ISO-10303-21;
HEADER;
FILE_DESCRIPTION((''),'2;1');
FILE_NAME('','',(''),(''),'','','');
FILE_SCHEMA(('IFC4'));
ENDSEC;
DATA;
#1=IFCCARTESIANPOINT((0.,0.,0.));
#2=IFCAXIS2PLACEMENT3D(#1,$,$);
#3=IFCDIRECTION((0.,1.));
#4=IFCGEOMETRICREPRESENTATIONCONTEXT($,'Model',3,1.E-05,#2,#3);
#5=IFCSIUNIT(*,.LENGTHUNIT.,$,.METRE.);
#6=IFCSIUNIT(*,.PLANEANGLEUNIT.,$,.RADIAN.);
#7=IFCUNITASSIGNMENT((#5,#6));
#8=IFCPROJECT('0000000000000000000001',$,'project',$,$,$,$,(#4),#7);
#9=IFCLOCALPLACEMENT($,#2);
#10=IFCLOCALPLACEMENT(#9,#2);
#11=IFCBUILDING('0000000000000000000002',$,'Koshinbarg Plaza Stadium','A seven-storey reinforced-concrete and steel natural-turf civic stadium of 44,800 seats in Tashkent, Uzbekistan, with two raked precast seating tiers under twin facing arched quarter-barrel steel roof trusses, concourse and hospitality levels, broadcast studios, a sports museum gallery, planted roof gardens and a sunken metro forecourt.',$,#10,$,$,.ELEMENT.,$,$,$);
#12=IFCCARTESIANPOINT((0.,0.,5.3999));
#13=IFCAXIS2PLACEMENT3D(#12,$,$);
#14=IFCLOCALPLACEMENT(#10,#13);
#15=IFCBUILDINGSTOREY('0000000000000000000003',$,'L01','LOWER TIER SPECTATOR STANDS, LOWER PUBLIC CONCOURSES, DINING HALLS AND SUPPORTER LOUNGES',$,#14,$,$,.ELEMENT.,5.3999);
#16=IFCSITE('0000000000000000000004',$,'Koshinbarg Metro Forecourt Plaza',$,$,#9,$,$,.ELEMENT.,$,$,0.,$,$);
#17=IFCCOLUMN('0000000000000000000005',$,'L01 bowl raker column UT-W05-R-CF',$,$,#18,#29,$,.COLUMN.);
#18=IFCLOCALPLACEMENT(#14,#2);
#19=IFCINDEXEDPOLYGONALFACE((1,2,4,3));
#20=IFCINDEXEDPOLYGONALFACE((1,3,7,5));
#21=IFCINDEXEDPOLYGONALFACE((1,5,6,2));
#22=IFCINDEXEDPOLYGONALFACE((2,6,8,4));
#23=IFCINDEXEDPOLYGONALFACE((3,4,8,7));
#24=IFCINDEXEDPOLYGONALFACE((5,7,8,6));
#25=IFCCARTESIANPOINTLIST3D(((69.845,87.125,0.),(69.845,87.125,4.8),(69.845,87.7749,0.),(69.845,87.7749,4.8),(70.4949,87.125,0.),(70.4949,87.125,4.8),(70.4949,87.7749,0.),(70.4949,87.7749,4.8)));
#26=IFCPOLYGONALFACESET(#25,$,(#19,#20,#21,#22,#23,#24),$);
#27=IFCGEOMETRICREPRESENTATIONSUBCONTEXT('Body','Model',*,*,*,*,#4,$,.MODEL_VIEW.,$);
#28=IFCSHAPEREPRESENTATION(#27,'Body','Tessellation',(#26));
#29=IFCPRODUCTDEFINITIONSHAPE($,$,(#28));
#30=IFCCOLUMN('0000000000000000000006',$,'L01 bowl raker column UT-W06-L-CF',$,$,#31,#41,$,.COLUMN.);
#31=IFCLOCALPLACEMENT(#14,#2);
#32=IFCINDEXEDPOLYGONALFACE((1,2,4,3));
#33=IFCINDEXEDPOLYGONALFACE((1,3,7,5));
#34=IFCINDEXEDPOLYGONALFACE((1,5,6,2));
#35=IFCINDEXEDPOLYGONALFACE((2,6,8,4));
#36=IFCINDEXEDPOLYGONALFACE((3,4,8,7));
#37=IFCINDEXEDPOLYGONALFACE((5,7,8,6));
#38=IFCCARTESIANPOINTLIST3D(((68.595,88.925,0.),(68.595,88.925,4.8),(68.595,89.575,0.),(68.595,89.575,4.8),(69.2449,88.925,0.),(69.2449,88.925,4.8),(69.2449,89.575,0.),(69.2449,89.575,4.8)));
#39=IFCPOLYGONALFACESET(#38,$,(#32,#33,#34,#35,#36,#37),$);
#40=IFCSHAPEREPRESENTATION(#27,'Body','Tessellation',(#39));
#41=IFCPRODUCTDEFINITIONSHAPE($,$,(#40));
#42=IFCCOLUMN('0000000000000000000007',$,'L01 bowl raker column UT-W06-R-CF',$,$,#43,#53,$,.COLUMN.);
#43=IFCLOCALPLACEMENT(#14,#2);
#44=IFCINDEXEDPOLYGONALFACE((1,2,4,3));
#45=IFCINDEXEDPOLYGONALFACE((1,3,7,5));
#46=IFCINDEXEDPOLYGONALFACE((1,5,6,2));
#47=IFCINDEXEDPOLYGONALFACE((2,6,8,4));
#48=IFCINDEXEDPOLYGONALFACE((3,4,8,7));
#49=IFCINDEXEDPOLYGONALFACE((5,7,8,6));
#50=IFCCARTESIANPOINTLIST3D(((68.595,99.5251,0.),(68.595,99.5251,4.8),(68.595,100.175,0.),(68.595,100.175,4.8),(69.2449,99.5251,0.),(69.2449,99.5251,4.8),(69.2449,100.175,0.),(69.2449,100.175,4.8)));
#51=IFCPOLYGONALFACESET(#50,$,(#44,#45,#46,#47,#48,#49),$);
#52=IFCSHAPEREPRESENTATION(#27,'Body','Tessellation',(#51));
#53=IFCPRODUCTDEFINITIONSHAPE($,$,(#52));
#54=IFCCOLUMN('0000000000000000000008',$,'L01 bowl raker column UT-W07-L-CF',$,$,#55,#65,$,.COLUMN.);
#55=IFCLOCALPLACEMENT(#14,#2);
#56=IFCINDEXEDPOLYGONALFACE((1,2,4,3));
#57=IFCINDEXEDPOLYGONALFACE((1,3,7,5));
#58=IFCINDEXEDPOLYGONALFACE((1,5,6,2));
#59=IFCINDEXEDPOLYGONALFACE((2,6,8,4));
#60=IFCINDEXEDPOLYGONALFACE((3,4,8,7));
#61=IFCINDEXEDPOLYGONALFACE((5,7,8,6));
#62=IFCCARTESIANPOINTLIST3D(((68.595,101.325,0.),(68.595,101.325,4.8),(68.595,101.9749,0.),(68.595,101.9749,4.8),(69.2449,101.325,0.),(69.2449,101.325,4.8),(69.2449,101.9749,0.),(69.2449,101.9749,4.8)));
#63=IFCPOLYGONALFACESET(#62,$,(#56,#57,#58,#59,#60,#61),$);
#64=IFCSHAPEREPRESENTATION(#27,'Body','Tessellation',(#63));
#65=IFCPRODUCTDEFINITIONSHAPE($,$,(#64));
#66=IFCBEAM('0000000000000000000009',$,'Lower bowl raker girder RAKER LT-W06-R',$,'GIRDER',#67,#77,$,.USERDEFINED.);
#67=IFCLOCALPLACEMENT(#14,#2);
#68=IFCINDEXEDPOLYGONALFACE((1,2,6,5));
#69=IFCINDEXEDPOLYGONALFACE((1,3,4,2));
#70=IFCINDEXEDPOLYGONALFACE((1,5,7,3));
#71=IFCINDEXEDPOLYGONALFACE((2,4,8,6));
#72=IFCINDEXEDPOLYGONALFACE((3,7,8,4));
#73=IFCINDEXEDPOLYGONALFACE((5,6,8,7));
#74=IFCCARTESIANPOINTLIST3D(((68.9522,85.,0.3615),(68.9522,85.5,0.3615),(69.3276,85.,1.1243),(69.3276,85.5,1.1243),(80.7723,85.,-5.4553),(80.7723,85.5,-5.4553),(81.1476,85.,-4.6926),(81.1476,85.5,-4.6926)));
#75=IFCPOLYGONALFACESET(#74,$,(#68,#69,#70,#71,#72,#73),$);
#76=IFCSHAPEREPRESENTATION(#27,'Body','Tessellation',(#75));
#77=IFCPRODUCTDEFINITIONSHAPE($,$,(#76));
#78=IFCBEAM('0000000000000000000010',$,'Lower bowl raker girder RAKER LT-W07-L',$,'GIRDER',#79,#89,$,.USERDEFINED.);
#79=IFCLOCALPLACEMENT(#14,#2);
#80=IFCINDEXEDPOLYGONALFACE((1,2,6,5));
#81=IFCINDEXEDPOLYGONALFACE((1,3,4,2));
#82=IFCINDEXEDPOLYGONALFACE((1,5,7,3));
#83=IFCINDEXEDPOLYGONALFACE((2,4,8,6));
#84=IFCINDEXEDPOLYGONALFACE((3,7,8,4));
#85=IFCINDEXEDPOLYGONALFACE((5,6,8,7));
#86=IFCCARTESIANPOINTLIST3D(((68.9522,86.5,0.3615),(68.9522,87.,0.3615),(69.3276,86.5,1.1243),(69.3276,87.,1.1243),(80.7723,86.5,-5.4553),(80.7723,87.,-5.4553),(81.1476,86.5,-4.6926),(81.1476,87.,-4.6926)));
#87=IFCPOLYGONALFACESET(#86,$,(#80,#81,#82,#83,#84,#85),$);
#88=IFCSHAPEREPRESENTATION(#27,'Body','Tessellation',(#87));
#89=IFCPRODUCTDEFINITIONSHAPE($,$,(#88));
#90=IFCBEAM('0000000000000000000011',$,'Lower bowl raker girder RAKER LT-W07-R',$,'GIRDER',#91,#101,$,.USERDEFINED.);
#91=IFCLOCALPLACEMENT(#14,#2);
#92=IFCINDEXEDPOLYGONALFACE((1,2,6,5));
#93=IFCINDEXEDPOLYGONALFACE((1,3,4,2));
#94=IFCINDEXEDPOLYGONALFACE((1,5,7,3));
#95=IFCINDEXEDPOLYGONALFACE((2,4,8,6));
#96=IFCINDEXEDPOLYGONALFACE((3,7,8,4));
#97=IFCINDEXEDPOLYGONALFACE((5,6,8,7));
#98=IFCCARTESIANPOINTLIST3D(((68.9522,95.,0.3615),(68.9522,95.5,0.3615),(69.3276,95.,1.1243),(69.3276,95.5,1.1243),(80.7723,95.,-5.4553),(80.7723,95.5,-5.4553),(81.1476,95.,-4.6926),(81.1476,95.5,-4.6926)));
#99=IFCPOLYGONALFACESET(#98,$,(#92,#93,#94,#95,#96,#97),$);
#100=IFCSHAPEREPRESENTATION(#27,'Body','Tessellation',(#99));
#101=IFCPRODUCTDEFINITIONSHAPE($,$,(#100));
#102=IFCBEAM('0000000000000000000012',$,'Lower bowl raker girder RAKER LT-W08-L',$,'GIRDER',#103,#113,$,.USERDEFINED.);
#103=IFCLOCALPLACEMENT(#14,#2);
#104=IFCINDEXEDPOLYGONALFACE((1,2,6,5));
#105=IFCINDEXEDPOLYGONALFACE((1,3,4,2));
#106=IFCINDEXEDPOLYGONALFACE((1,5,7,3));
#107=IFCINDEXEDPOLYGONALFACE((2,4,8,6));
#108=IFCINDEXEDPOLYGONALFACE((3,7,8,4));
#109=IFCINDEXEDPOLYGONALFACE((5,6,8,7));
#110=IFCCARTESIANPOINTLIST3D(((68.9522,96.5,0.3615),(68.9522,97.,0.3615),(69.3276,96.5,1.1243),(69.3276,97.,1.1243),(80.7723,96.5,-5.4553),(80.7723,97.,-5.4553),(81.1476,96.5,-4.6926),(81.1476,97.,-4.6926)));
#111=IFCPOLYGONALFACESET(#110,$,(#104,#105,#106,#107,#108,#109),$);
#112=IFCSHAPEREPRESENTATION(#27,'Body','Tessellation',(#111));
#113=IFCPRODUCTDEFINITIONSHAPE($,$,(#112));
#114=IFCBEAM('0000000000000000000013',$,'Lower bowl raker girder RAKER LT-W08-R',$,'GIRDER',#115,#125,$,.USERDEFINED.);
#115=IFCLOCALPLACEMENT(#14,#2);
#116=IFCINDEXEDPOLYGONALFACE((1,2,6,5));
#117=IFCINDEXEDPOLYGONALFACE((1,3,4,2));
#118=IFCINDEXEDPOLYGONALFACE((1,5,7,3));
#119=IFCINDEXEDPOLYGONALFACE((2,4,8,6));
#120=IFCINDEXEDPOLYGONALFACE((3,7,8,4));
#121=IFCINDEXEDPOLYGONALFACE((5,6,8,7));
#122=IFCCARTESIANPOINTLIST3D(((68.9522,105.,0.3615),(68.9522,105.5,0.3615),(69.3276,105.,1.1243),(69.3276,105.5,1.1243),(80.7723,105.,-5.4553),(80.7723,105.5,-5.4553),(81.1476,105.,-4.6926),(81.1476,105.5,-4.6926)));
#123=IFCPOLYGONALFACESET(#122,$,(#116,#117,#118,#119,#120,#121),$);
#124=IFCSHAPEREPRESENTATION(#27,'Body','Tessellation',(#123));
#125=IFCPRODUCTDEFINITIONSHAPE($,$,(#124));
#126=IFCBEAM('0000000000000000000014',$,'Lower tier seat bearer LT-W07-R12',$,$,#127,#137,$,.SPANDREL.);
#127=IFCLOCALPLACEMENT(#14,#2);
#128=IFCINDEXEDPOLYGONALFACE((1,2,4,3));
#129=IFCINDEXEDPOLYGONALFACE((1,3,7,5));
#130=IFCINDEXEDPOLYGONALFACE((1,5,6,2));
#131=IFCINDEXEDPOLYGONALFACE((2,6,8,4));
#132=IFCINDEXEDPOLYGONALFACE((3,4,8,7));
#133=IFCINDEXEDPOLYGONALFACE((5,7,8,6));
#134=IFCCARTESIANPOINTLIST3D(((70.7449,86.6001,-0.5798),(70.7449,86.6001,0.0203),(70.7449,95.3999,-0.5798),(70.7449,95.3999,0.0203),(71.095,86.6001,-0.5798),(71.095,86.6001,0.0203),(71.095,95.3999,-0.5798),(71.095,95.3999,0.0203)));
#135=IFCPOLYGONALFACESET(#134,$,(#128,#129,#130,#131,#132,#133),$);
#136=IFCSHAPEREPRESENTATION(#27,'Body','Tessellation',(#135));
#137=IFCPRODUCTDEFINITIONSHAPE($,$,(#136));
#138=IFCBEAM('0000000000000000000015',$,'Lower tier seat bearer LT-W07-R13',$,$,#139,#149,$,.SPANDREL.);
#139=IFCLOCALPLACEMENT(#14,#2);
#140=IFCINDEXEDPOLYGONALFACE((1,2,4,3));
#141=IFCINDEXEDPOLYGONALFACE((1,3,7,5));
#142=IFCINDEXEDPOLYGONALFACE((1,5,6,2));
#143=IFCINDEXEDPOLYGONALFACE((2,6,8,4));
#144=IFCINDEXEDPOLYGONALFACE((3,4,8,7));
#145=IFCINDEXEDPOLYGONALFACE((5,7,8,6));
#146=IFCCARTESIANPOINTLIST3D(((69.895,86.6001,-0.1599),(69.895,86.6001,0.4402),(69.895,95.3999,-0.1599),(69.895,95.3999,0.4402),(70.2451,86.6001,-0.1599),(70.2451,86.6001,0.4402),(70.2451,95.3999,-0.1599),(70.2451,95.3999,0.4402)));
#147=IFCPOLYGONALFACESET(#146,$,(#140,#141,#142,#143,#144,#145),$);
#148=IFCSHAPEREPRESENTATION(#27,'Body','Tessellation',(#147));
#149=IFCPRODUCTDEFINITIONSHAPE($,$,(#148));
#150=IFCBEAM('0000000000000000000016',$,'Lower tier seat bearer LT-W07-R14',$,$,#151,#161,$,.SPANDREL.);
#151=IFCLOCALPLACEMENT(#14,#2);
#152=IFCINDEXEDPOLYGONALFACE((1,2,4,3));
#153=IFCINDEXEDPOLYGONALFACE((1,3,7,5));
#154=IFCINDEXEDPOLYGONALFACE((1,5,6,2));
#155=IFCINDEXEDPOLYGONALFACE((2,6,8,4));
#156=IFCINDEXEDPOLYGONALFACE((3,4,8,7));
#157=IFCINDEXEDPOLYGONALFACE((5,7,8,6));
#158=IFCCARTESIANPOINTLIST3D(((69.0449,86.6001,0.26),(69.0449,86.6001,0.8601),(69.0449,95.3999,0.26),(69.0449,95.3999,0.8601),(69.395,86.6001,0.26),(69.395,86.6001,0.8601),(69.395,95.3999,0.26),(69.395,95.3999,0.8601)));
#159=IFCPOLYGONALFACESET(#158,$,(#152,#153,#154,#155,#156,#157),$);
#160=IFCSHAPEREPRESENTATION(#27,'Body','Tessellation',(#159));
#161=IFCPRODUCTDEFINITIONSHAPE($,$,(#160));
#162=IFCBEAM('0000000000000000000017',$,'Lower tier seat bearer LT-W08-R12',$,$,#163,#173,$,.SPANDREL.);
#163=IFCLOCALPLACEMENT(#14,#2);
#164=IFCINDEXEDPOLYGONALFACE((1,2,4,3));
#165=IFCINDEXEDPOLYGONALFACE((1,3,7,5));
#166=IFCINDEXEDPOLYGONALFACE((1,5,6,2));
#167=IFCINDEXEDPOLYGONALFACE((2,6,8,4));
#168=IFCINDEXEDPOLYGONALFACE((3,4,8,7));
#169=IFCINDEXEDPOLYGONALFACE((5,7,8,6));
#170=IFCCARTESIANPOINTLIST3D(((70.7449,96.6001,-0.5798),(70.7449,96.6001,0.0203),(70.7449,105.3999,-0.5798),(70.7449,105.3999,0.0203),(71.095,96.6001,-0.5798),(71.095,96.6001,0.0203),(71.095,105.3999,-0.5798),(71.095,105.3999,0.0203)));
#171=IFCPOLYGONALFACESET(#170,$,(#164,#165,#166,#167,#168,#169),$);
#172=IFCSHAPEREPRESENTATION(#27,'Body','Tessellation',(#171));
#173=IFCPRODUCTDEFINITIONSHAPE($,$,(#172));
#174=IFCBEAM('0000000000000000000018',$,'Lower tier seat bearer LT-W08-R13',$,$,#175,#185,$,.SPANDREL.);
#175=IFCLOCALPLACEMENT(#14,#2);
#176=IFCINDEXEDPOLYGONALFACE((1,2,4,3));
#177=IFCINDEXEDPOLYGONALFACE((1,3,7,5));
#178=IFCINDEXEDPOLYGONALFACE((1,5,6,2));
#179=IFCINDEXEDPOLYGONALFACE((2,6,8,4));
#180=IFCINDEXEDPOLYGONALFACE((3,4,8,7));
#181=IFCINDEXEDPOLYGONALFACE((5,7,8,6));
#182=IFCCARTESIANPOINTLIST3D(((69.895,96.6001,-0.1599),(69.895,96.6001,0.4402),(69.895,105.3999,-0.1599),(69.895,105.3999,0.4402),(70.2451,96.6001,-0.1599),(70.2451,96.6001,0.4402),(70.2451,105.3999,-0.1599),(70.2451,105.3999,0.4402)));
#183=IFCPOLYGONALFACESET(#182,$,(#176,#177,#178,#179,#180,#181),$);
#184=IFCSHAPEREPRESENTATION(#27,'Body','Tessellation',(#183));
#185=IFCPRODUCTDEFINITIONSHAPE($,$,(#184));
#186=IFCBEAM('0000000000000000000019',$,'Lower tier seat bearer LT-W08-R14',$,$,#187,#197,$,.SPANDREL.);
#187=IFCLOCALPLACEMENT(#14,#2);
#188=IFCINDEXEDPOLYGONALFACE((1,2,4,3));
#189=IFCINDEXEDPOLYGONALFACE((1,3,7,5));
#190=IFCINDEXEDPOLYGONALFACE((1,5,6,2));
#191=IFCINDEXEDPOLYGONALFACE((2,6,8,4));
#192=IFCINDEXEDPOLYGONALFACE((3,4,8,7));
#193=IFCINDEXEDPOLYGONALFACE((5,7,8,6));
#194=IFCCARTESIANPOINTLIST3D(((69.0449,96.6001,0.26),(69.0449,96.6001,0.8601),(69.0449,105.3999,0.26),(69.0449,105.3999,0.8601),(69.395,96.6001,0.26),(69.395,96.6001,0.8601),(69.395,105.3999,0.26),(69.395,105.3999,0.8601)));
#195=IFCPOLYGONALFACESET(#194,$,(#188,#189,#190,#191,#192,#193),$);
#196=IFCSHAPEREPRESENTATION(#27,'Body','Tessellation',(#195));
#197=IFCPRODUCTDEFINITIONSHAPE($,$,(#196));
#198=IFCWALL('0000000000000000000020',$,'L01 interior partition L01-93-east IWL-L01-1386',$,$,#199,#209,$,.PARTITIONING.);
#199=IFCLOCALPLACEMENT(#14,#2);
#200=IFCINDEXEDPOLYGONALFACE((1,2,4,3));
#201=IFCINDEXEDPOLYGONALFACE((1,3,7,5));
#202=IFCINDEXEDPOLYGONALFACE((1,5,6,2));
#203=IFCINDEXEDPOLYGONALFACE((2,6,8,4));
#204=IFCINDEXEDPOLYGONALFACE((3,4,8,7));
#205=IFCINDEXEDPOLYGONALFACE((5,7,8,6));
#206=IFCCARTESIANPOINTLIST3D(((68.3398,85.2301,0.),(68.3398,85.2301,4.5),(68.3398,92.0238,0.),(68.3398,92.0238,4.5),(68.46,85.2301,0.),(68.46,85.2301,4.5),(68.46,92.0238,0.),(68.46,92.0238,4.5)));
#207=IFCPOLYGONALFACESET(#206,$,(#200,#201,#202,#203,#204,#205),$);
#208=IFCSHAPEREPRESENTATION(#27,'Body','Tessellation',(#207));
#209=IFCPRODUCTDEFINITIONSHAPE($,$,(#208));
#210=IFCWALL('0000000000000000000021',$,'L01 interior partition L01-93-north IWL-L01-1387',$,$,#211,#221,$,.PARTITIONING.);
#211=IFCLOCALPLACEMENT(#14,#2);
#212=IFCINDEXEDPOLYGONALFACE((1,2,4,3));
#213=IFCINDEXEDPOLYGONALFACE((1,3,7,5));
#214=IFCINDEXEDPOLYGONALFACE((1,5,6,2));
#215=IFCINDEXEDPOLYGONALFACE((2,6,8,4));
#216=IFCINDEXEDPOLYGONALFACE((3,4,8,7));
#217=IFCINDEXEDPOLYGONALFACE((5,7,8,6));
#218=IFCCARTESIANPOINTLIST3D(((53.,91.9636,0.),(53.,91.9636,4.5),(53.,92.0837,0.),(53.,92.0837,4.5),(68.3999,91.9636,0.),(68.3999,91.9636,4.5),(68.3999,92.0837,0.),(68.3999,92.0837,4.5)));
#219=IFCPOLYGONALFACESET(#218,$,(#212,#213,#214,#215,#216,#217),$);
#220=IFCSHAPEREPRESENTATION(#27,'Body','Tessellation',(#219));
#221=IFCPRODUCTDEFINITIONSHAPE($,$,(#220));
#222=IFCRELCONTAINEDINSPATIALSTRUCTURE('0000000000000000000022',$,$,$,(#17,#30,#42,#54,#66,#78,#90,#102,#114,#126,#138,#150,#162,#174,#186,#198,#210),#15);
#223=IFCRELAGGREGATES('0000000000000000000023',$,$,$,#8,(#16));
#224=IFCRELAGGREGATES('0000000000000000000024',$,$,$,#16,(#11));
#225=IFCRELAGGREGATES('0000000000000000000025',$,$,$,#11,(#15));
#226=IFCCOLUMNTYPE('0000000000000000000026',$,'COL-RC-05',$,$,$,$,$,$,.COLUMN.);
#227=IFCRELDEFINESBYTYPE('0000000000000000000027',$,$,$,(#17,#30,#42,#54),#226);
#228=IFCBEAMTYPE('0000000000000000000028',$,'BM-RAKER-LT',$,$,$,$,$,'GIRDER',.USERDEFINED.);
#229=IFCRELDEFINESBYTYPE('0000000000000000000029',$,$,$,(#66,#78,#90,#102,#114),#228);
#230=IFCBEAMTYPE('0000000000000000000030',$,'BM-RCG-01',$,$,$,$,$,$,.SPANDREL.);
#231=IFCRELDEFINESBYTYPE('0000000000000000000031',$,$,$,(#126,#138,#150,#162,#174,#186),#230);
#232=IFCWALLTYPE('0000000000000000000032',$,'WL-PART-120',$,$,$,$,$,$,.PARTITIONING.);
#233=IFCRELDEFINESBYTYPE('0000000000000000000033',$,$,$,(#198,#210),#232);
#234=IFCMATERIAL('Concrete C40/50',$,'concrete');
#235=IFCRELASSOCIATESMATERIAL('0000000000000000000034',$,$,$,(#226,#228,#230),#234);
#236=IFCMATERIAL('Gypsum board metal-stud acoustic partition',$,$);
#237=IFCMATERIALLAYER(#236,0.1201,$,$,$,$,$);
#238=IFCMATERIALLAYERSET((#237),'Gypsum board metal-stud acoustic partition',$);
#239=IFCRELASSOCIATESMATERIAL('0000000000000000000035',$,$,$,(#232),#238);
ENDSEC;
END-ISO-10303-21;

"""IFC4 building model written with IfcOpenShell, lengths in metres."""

from ifc_helpers import new_model, si_unit, direction, frame, frame_2d, origin, origin_2d, place, context, subcontext, project, spatial, rectangle, extrude, material, layer, layer_set, material_profile, profile_set, type_object, element, save


model = new_model("IFC4")

# Units and contexts
model_context = context("Model", 3, precision=1e-05, world=origin(), true_north=direction((0.0, 1.0)))
body_context = subcontext(model_context, "Body", "Model", "MODEL_VIEW")
ifc_project = project(units=[si_unit("LENGTHUNIT", "METRE"), si_unit("PLANEANGLEUNIT", "RADIAN")], contexts=[model_context])

# Site, building, storey
site_placement = place(None, origin())
site = spatial("IfcSite", under=ifc_project, at=site_placement, Name="Koshinbarg Metro Forecourt Plaza", CompositionType="ELEMENT", RefElevation=0.0)
building_placement = place(site_placement, origin())
building = spatial("IfcBuilding", under=site, at=building_placement, Name="Koshinbarg Plaza Stadium", Description="A seven-storey reinforced-concrete and steel natural-turf civic stadium of 44,800 seats in Tashkent, Uzbekistan, with two raked precast seating tiers under twin facing arched quarter-barrel steel roof trusses, concourse and hospitality levels, broadcast studios, a sports museum gallery, planted roof gardens and a sunken metro forecourt.", CompositionType="ELEMENT")
storey_placement = place(building_placement, frame((0.0, 0.0, 5.3999)))
storey = spatial("IfcBuildingStorey", under=building, at=storey_placement, Name="L01", Description="LOWER TIER SPECTATOR STANDS, LOWER PUBLIC CONCOURSES, DINING HALLS AND SUPPORTER LOUNGES", CompositionType="ELEMENT", Elevation=5.3999)

# Columns
ifc_material_1 = material(Name="Concrete C40/50", Category="concrete")
ifc_material_profile_1 = material_profile(ifc_material_1, rectangle(XDim=0.6499, YDim=0.6499, at=origin_2d()), Name="RC 650x650")
ifc_profile_set_1 = profile_set([ifc_material_profile_1], Name="Concrete C40/50")
column_type = type_object("IfcColumnType", Name="COL-RC-05", PredefinedType="COLUMN", material=ifc_profile_set_1)
for number, where, z_axis, x_axis, name in (
    (1, (70.1699, 87.45, 0.0), (0.0, 0.0, 1.0), (1.0, 0.0, 0.0), "L01 bowl raker column UT-W05-R-CF"),
    (2, (68.9199, 89.25, 0.0), (0.0, 0.0, 1.0), (1.0, 0.0, 0.0), "L01 bowl raker column UT-W06-L-CF"),
    (3, (68.9199, 99.8501, 0.0), (0.0, 0.0, 1.0), (1.0, 0.0, 0.0), "L01 bowl raker column UT-W06-R-CF"),
    (4, (68.9199, 101.6499, 0.0), (0.0, 0.0, 1.0), (1.0, 0.0, 0.0), "L01 bowl raker column UT-W07-L-CF"),
):
    element("IfcColumn", number, at=place(storey_placement, frame(where, z_axis=z_axis, x_axis=x_axis)), inside=storey, type_object=column_type, Name=name, PredefinedType="COLUMN", context=body_context, shape_type="SweptSolid", body=[
        extrude(rectangle(XDim=0.6499, YDim=0.6499, at=origin_2d()), origin(), (0.0, 0.0, 1.0), 4.8),
    ])

# Beams
ifc_material_profile_2 = material_profile(ifc_material_1, rectangle(XDim=0.5, YDim=0.8501, at=origin_2d()), Name="RC 500x850")
ifc_profile_set_2 = profile_set([ifc_material_profile_2], Name="Concrete C40/50")
beam_type_1 = type_object("IfcBeamType", Name="BM-RAKER-LT", ElementType="GIRDER", PredefinedType="USERDEFINED", material=ifc_profile_set_2)
for number, where, z_axis, x_axis, name in (
    (5, (80.96, 85.25, -5.074), (-0.897237, 0.0, 0.441549), (0.0, -1.0, 0.0), "Lower bowl raker girder RAKER LT-W06-R"),
    (6, (80.96, 86.75, -5.074), (-0.897237, 0.0, 0.441549), (0.0, -1.0, 0.0), "Lower bowl raker girder RAKER LT-W07-L"),
    (7, (80.96, 95.25, -5.074), (-0.897237, 0.0, 0.441549), (0.0, -1.0, 0.0), "Lower bowl raker girder RAKER LT-W07-R"),
    (8, (80.96, 96.75, -5.074), (-0.897237, 0.0, 0.441549), (0.0, -1.0, 0.0), "Lower bowl raker girder RAKER LT-W08-L"),
    (9, (80.96, 105.25, -5.074), (-0.897237, 0.0, 0.441549), (0.0, -1.0, 0.0), "Lower bowl raker girder RAKER LT-W08-R"),
):
    element("IfcBeam", number, at=place(storey_placement, frame(where, z_axis=z_axis, x_axis=x_axis)), inside=storey, type_object=beam_type_1, Name=name, ObjectType="GIRDER", PredefinedType="USERDEFINED", context=body_context, shape_type="SweptSolid", body=[
        extrude(rectangle(XDim=0.5, YDim=0.8501, at=origin_2d()), origin(), (0.0, 0.0, 1.0), 13.1738),
    ])
ifc_material_profile_3 = material_profile(ifc_material_1, rectangle(XDim=0.3501, YDim=0.6001, at=origin_2d()), Name="RC 350x600")
ifc_profile_set_3 = profile_set([ifc_material_profile_3], Name="Concrete C40/50")
beam_type_2 = type_object("IfcBeamType", Name="BM-RCG-01", PredefinedType="SPANDREL", material=ifc_profile_set_3)
for number, where, z_axis, x_axis, name in (
    (10, (70.9199, 86.6001, -0.2798), (0.0, 1.0, 0.0), (-1.0, 0.0, 0.0), "Lower tier seat bearer LT-W07-R12"),
    (11, (70.0701, 86.6001, 0.1401), (0.0, 1.0, 0.0), (-1.0, 0.0, 0.0), "Lower tier seat bearer LT-W07-R13"),
    (12, (69.22, 86.6001, 0.5601), (0.0, 1.0, 0.0), (-1.0, 0.0, 0.0), "Lower tier seat bearer LT-W07-R14"),
    (13, (70.9199, 96.6001, -0.2798), (0.0, 1.0, 0.0), (-1.0, 0.0, 0.0), "Lower tier seat bearer LT-W08-R12"),
    (14, (70.0701, 96.6001, 0.1401), (0.0, 1.0, 0.0), (-1.0, 0.0, 0.0), "Lower tier seat bearer LT-W08-R13"),
    (15, (69.22, 96.6001, 0.5601), (0.0, 1.0, 0.0), (-1.0, 0.0, 0.0), "Lower tier seat bearer LT-W08-R14"),
):
    element("IfcBeam", number, at=place(storey_placement, frame(where, z_axis=z_axis, x_axis=x_axis)), inside=storey, type_object=beam_type_2, Name=name, PredefinedType="SPANDREL", context=body_context, shape_type="SweptSolid", body=[
        extrude(rectangle(XDim=0.3501, YDim=0.6001, at=origin_2d()), origin(), (0.0, 0.0, 1.0), 8.7998),
    ])

# Walls
ifc_material_2 = material(Name="Gypsum board metal-stud acoustic partition")
ifc_layer = layer(ifc_material_2, 0.1201)
ifc_layer_set = layer_set([ifc_layer], Name="Gypsum board metal-stud acoustic partition")
wall_type = type_object("IfcWallType", Name="WL-PART-120", PredefinedType="PARTITIONING", material=ifc_layer_set)
wall_1_placement = place(storey_placement, frame((68.3999, 85.23, 0.0), z_axis=(0.0, 0.0, 1.0), x_axis=(0.0, 1.0, 0.0)))
element("IfcWall", 16, at=wall_1_placement, inside=storey, type_object=wall_type, Name="L01 interior partition L01-93-east IWL-L01-1386", PredefinedType="PARTITIONING", context=body_context, shape_type="SweptSolid", body=[
    extrude(rectangle(XDim=6.7937, YDim=0.1201, at=frame_2d((3.397, 0.0))), origin(), (0.0, 0.0, 1.0), 4.5),
])
wall_2_placement = place(storey_placement, frame((68.3999, 92.0237, 0.0), z_axis=(0.0, 0.0, 1.0), x_axis=(-1.0, 0.0, 0.0)))
element("IfcWall", 17, at=wall_2_placement, inside=storey, type_object=wall_type, Name="L01 interior partition L01-93-north IWL-L01-1387", PredefinedType="PARTITIONING", context=body_context, shape_type="SweptSolid", body=[
    extrude(rectangle(XDim=15.3999, YDim=0.1201, at=frame_2d((7.7, 0.0))), origin(), (0.0, 0.0, 1.0), 4.5),
])

save(model, "model.ifc")
